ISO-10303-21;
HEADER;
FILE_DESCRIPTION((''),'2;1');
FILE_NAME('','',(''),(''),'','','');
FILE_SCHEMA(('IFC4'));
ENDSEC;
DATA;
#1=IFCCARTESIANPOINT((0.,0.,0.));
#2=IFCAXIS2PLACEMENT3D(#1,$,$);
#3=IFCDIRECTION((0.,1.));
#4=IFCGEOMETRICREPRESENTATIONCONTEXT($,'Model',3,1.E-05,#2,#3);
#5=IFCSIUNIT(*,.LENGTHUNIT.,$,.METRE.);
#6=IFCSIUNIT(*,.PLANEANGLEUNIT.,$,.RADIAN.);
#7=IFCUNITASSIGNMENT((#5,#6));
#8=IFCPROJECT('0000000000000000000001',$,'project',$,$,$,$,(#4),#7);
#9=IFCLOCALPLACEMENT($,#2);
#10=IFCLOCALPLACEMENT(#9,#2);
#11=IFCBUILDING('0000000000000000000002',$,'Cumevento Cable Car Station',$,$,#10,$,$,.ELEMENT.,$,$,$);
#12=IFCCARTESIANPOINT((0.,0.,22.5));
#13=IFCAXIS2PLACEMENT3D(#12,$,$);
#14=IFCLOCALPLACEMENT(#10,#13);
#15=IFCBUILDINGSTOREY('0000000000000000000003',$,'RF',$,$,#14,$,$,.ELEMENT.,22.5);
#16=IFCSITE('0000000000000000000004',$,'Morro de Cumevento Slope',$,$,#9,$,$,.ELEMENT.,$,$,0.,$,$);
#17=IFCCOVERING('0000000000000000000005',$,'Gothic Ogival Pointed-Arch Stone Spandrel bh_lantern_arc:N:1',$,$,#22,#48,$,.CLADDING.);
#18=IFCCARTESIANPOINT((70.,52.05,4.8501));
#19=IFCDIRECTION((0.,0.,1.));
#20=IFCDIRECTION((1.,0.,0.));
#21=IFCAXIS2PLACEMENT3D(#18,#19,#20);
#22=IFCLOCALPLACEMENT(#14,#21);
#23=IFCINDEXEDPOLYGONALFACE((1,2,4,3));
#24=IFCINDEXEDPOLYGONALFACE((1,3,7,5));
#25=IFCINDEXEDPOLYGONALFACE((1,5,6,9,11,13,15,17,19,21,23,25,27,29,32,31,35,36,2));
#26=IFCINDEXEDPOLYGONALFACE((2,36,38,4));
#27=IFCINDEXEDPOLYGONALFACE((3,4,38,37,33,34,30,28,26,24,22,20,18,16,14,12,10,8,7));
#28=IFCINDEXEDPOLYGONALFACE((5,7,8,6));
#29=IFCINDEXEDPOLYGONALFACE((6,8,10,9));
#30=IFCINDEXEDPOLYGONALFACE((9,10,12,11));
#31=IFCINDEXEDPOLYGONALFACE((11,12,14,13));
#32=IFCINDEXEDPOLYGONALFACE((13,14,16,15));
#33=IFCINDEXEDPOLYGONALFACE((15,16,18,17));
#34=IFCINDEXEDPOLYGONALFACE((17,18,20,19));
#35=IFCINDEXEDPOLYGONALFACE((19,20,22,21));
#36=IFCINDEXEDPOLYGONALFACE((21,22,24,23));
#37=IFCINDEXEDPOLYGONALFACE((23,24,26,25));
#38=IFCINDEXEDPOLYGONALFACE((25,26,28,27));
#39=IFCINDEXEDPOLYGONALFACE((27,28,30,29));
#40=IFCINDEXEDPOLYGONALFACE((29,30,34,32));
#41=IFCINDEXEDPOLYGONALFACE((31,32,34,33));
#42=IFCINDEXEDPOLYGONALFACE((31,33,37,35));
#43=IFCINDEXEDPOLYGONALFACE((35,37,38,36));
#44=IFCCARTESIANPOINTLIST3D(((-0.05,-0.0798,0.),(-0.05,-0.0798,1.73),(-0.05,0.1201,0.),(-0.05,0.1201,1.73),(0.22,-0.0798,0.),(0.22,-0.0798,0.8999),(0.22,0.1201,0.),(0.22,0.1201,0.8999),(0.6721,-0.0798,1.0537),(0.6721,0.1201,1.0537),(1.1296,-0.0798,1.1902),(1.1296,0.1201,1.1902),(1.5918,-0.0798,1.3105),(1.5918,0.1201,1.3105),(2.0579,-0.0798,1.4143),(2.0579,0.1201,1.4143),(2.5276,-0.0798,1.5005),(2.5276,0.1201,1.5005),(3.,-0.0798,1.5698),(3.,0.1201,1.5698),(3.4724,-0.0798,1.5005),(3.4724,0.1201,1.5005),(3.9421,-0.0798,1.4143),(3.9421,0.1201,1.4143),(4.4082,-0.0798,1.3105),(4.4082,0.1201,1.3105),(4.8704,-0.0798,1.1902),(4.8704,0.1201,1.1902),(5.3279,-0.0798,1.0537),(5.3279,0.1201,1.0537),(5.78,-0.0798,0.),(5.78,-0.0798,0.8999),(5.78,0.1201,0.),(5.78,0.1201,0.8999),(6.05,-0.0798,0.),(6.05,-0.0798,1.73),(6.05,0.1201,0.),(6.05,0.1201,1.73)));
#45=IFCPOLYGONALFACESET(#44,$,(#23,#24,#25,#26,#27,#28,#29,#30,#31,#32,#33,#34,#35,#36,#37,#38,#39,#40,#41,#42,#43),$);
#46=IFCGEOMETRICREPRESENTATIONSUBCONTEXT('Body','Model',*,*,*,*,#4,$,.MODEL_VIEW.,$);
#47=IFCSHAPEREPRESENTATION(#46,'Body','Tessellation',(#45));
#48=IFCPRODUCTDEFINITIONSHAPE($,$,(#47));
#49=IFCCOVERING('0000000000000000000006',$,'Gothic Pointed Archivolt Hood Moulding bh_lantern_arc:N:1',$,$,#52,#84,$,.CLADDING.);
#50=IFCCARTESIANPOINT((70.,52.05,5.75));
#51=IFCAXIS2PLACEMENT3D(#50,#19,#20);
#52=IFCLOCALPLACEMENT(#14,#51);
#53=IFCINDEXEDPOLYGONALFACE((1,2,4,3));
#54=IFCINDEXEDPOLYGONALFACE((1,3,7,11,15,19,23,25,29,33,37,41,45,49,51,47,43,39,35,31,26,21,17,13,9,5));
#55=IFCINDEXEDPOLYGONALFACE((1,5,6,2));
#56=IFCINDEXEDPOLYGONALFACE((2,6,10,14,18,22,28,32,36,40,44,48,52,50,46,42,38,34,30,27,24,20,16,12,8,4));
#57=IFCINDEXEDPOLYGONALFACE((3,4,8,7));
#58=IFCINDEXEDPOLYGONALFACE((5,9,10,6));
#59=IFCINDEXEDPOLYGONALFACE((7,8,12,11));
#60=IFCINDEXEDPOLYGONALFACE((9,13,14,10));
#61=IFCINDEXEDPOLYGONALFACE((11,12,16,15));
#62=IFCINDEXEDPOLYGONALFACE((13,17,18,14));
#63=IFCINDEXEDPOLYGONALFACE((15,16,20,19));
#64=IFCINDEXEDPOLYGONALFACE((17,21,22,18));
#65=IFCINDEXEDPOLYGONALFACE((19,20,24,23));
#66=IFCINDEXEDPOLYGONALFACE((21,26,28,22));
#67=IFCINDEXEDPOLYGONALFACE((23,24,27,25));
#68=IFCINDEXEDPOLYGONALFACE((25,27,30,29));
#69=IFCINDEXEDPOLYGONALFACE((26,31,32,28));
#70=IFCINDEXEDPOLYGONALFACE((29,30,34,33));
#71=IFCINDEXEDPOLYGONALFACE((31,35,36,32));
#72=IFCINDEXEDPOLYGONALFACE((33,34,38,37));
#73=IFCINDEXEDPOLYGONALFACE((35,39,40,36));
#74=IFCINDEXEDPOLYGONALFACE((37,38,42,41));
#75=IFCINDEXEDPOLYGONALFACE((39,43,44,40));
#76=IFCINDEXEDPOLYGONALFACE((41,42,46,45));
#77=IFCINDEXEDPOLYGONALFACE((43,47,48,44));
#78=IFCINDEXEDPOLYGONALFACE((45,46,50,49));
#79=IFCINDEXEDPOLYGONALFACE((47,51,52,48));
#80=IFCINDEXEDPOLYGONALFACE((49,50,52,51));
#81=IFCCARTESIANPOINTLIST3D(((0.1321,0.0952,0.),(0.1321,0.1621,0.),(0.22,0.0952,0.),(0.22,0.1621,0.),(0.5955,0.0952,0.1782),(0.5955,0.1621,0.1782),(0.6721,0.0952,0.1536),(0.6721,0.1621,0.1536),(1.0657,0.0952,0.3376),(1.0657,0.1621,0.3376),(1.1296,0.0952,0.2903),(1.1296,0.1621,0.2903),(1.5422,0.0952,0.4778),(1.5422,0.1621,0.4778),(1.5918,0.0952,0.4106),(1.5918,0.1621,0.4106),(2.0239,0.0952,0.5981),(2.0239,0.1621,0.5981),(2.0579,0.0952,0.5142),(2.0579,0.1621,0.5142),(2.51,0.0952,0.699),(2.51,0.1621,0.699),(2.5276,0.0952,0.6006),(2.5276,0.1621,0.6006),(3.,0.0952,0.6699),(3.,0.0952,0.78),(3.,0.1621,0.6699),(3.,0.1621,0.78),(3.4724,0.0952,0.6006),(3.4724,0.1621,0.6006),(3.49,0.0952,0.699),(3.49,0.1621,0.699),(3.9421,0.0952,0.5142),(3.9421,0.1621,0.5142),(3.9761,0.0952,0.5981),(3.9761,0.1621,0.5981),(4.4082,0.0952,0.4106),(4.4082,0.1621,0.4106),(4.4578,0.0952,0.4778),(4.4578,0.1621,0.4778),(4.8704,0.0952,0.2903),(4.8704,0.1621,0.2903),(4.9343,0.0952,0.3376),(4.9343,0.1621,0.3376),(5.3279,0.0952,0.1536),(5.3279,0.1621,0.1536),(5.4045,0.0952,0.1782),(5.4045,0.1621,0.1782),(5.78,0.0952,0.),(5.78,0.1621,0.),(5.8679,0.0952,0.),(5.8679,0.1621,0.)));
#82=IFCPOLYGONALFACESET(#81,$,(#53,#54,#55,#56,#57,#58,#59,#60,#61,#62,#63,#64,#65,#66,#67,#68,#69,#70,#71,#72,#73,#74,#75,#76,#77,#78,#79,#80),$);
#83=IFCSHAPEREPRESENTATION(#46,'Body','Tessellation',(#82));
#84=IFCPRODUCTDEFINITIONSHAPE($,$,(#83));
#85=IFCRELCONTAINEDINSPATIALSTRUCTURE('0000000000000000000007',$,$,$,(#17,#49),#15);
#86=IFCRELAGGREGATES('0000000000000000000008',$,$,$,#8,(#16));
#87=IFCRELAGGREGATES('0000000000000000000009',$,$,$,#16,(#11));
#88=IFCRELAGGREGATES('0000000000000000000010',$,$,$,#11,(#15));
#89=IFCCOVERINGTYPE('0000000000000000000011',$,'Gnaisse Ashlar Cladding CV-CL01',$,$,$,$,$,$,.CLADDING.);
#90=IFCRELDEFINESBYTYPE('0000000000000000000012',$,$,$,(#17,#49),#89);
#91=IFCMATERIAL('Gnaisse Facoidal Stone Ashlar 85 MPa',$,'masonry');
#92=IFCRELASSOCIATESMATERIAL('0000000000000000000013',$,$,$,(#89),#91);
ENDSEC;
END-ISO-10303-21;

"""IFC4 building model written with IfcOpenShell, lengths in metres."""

from ifc_helpers import new_model, si_unit, direction, frame, origin, place, context, subcontext, project, spatial, polyline, outline, extrude, material, type_object, element, save


model = new_model("IFC4")

# Units and contexts
model_context = context("Model", 3, precision=1e-05, world=origin(), true_north=direction((0.0, 1.0)))
body_context = subcontext(model_context, "Body", "Model", "MODEL_VIEW")
ifc_project = project(units=[si_unit("LENGTHUNIT", "METRE"), si_unit("PLANEANGLEUNIT", "RADIAN")], contexts=[model_context])

# Site, building, storey
site_placement = place(None, origin())
site = spatial("IfcSite", under=ifc_project, at=site_placement, Name="Morro de Cumevento Slope", CompositionType="ELEMENT", RefElevation=0.0)
building_placement = place(site_placement, origin())
building = spatial("IfcBuilding", under=site, at=building_placement, Name="Cumevento Cable Car Station", CompositionType="ELEMENT")
storey_placement = place(building_placement, frame((0.0, 0.0, 22.5)))
storey = spatial("IfcBuildingStorey", under=building, at=storey_placement, Name="RF", CompositionType="ELEMENT", Elevation=22.5)

# Coverings
ifc_material_1 = material(Name="Gnaisse Facoidal Stone Ashlar 85 MPa", Category="masonry")
covering_type = type_object("IfcCoveringType", Name="Gnaisse Ashlar Cladding CV-CL01", PredefinedType="CLADDING", material=ifc_material_1)
covering_1_placement = place(storey_placement, frame((70.0, 52.05, 4.8501), z_axis=(0.0, 0.0, 1.0), x_axis=(1.0, 0.0, 0.0)))
element("IfcCovering", 1, at=covering_1_placement, inside=storey, type_object=covering_type, Name="Gothic Ogival Pointed-Arch Stone Spandrel bh_lantern_arc:N:1", PredefinedType="CLADDING", context=body_context, shape_type="SweptSolid", body=[
    extrude(outline(polyline([(-0.05, 0.0), (-0.05, 1.73), (6.05, 1.73), (6.05, 0.0), (5.78, 0.0), (5.78, 0.8999), (5.3279, 1.0537), (4.8704, 1.1902), (4.4082, 1.3105), (3.9421, 1.4143), (3.4724, 1.5005), (3.0, 1.5698), (2.5276, 1.5005), (2.0579, 1.4143), (1.5918, 1.3105), (1.1296, 1.1902), (0.6721, 1.0537), (0.22, 0.8999), (0.22, 0.0), (-0.05, 0.0)])), frame((0.0, 0.1201, 0.0), z_axis=(0.0, -1.0, 0.0), x_axis=(1.0, 0.0, 0.0)), (0.0, 0.0, 1.0), 0.2),
])
covering_2_placement = place(storey_placement, frame((70.0, 52.05, 5.75), z_axis=(0.0, 0.0, 1.0), x_axis=(1.0, 0.0, 0.0)))
element("IfcCovering", 2, at=covering_2_placement, inside=storey, type_object=covering_type, Name="Gothic Pointed Archivolt Hood Moulding bh_lantern_arc:N:1", PredefinedType="CLADDING", context=body_context, shape_type="SweptSolid", body=[
    extrude(outline(polyline([(0.22, 0.0), (0.6721, 0.1536), (1.1296, 0.2903), (1.5918, 0.4106), (2.0579, 0.5142), (2.5276, 0.6006), (3.0, 0.6699), (3.4724, 0.6006), (3.9421, 0.5142), (4.4082, 0.4106), (4.8704, 0.2903), (5.3279, 0.1536), (5.78, 0.0), (5.8679, 0.0), (5.4045, 0.1782), (4.9343, 0.3376), (4.4578, 0.4778), (3.9761, 0.5981), (3.49, 0.699), (3.0, 0.78), (2.51, 0.699), (2.0239, 0.5981), (1.5422, 0.4778), (1.0657, 0.3376), (0.5955, 0.1782), (0.1321, 0.0), (0.22, 0.0)])), frame((0.0, 0.1621, 0.0), z_axis=(0.0, -1.0, 0.0), x_axis=(1.0, 0.0, 0.0)), (0.0, 0.0, 1.0), 0.0669),
])

save(model, "model.ifc")
